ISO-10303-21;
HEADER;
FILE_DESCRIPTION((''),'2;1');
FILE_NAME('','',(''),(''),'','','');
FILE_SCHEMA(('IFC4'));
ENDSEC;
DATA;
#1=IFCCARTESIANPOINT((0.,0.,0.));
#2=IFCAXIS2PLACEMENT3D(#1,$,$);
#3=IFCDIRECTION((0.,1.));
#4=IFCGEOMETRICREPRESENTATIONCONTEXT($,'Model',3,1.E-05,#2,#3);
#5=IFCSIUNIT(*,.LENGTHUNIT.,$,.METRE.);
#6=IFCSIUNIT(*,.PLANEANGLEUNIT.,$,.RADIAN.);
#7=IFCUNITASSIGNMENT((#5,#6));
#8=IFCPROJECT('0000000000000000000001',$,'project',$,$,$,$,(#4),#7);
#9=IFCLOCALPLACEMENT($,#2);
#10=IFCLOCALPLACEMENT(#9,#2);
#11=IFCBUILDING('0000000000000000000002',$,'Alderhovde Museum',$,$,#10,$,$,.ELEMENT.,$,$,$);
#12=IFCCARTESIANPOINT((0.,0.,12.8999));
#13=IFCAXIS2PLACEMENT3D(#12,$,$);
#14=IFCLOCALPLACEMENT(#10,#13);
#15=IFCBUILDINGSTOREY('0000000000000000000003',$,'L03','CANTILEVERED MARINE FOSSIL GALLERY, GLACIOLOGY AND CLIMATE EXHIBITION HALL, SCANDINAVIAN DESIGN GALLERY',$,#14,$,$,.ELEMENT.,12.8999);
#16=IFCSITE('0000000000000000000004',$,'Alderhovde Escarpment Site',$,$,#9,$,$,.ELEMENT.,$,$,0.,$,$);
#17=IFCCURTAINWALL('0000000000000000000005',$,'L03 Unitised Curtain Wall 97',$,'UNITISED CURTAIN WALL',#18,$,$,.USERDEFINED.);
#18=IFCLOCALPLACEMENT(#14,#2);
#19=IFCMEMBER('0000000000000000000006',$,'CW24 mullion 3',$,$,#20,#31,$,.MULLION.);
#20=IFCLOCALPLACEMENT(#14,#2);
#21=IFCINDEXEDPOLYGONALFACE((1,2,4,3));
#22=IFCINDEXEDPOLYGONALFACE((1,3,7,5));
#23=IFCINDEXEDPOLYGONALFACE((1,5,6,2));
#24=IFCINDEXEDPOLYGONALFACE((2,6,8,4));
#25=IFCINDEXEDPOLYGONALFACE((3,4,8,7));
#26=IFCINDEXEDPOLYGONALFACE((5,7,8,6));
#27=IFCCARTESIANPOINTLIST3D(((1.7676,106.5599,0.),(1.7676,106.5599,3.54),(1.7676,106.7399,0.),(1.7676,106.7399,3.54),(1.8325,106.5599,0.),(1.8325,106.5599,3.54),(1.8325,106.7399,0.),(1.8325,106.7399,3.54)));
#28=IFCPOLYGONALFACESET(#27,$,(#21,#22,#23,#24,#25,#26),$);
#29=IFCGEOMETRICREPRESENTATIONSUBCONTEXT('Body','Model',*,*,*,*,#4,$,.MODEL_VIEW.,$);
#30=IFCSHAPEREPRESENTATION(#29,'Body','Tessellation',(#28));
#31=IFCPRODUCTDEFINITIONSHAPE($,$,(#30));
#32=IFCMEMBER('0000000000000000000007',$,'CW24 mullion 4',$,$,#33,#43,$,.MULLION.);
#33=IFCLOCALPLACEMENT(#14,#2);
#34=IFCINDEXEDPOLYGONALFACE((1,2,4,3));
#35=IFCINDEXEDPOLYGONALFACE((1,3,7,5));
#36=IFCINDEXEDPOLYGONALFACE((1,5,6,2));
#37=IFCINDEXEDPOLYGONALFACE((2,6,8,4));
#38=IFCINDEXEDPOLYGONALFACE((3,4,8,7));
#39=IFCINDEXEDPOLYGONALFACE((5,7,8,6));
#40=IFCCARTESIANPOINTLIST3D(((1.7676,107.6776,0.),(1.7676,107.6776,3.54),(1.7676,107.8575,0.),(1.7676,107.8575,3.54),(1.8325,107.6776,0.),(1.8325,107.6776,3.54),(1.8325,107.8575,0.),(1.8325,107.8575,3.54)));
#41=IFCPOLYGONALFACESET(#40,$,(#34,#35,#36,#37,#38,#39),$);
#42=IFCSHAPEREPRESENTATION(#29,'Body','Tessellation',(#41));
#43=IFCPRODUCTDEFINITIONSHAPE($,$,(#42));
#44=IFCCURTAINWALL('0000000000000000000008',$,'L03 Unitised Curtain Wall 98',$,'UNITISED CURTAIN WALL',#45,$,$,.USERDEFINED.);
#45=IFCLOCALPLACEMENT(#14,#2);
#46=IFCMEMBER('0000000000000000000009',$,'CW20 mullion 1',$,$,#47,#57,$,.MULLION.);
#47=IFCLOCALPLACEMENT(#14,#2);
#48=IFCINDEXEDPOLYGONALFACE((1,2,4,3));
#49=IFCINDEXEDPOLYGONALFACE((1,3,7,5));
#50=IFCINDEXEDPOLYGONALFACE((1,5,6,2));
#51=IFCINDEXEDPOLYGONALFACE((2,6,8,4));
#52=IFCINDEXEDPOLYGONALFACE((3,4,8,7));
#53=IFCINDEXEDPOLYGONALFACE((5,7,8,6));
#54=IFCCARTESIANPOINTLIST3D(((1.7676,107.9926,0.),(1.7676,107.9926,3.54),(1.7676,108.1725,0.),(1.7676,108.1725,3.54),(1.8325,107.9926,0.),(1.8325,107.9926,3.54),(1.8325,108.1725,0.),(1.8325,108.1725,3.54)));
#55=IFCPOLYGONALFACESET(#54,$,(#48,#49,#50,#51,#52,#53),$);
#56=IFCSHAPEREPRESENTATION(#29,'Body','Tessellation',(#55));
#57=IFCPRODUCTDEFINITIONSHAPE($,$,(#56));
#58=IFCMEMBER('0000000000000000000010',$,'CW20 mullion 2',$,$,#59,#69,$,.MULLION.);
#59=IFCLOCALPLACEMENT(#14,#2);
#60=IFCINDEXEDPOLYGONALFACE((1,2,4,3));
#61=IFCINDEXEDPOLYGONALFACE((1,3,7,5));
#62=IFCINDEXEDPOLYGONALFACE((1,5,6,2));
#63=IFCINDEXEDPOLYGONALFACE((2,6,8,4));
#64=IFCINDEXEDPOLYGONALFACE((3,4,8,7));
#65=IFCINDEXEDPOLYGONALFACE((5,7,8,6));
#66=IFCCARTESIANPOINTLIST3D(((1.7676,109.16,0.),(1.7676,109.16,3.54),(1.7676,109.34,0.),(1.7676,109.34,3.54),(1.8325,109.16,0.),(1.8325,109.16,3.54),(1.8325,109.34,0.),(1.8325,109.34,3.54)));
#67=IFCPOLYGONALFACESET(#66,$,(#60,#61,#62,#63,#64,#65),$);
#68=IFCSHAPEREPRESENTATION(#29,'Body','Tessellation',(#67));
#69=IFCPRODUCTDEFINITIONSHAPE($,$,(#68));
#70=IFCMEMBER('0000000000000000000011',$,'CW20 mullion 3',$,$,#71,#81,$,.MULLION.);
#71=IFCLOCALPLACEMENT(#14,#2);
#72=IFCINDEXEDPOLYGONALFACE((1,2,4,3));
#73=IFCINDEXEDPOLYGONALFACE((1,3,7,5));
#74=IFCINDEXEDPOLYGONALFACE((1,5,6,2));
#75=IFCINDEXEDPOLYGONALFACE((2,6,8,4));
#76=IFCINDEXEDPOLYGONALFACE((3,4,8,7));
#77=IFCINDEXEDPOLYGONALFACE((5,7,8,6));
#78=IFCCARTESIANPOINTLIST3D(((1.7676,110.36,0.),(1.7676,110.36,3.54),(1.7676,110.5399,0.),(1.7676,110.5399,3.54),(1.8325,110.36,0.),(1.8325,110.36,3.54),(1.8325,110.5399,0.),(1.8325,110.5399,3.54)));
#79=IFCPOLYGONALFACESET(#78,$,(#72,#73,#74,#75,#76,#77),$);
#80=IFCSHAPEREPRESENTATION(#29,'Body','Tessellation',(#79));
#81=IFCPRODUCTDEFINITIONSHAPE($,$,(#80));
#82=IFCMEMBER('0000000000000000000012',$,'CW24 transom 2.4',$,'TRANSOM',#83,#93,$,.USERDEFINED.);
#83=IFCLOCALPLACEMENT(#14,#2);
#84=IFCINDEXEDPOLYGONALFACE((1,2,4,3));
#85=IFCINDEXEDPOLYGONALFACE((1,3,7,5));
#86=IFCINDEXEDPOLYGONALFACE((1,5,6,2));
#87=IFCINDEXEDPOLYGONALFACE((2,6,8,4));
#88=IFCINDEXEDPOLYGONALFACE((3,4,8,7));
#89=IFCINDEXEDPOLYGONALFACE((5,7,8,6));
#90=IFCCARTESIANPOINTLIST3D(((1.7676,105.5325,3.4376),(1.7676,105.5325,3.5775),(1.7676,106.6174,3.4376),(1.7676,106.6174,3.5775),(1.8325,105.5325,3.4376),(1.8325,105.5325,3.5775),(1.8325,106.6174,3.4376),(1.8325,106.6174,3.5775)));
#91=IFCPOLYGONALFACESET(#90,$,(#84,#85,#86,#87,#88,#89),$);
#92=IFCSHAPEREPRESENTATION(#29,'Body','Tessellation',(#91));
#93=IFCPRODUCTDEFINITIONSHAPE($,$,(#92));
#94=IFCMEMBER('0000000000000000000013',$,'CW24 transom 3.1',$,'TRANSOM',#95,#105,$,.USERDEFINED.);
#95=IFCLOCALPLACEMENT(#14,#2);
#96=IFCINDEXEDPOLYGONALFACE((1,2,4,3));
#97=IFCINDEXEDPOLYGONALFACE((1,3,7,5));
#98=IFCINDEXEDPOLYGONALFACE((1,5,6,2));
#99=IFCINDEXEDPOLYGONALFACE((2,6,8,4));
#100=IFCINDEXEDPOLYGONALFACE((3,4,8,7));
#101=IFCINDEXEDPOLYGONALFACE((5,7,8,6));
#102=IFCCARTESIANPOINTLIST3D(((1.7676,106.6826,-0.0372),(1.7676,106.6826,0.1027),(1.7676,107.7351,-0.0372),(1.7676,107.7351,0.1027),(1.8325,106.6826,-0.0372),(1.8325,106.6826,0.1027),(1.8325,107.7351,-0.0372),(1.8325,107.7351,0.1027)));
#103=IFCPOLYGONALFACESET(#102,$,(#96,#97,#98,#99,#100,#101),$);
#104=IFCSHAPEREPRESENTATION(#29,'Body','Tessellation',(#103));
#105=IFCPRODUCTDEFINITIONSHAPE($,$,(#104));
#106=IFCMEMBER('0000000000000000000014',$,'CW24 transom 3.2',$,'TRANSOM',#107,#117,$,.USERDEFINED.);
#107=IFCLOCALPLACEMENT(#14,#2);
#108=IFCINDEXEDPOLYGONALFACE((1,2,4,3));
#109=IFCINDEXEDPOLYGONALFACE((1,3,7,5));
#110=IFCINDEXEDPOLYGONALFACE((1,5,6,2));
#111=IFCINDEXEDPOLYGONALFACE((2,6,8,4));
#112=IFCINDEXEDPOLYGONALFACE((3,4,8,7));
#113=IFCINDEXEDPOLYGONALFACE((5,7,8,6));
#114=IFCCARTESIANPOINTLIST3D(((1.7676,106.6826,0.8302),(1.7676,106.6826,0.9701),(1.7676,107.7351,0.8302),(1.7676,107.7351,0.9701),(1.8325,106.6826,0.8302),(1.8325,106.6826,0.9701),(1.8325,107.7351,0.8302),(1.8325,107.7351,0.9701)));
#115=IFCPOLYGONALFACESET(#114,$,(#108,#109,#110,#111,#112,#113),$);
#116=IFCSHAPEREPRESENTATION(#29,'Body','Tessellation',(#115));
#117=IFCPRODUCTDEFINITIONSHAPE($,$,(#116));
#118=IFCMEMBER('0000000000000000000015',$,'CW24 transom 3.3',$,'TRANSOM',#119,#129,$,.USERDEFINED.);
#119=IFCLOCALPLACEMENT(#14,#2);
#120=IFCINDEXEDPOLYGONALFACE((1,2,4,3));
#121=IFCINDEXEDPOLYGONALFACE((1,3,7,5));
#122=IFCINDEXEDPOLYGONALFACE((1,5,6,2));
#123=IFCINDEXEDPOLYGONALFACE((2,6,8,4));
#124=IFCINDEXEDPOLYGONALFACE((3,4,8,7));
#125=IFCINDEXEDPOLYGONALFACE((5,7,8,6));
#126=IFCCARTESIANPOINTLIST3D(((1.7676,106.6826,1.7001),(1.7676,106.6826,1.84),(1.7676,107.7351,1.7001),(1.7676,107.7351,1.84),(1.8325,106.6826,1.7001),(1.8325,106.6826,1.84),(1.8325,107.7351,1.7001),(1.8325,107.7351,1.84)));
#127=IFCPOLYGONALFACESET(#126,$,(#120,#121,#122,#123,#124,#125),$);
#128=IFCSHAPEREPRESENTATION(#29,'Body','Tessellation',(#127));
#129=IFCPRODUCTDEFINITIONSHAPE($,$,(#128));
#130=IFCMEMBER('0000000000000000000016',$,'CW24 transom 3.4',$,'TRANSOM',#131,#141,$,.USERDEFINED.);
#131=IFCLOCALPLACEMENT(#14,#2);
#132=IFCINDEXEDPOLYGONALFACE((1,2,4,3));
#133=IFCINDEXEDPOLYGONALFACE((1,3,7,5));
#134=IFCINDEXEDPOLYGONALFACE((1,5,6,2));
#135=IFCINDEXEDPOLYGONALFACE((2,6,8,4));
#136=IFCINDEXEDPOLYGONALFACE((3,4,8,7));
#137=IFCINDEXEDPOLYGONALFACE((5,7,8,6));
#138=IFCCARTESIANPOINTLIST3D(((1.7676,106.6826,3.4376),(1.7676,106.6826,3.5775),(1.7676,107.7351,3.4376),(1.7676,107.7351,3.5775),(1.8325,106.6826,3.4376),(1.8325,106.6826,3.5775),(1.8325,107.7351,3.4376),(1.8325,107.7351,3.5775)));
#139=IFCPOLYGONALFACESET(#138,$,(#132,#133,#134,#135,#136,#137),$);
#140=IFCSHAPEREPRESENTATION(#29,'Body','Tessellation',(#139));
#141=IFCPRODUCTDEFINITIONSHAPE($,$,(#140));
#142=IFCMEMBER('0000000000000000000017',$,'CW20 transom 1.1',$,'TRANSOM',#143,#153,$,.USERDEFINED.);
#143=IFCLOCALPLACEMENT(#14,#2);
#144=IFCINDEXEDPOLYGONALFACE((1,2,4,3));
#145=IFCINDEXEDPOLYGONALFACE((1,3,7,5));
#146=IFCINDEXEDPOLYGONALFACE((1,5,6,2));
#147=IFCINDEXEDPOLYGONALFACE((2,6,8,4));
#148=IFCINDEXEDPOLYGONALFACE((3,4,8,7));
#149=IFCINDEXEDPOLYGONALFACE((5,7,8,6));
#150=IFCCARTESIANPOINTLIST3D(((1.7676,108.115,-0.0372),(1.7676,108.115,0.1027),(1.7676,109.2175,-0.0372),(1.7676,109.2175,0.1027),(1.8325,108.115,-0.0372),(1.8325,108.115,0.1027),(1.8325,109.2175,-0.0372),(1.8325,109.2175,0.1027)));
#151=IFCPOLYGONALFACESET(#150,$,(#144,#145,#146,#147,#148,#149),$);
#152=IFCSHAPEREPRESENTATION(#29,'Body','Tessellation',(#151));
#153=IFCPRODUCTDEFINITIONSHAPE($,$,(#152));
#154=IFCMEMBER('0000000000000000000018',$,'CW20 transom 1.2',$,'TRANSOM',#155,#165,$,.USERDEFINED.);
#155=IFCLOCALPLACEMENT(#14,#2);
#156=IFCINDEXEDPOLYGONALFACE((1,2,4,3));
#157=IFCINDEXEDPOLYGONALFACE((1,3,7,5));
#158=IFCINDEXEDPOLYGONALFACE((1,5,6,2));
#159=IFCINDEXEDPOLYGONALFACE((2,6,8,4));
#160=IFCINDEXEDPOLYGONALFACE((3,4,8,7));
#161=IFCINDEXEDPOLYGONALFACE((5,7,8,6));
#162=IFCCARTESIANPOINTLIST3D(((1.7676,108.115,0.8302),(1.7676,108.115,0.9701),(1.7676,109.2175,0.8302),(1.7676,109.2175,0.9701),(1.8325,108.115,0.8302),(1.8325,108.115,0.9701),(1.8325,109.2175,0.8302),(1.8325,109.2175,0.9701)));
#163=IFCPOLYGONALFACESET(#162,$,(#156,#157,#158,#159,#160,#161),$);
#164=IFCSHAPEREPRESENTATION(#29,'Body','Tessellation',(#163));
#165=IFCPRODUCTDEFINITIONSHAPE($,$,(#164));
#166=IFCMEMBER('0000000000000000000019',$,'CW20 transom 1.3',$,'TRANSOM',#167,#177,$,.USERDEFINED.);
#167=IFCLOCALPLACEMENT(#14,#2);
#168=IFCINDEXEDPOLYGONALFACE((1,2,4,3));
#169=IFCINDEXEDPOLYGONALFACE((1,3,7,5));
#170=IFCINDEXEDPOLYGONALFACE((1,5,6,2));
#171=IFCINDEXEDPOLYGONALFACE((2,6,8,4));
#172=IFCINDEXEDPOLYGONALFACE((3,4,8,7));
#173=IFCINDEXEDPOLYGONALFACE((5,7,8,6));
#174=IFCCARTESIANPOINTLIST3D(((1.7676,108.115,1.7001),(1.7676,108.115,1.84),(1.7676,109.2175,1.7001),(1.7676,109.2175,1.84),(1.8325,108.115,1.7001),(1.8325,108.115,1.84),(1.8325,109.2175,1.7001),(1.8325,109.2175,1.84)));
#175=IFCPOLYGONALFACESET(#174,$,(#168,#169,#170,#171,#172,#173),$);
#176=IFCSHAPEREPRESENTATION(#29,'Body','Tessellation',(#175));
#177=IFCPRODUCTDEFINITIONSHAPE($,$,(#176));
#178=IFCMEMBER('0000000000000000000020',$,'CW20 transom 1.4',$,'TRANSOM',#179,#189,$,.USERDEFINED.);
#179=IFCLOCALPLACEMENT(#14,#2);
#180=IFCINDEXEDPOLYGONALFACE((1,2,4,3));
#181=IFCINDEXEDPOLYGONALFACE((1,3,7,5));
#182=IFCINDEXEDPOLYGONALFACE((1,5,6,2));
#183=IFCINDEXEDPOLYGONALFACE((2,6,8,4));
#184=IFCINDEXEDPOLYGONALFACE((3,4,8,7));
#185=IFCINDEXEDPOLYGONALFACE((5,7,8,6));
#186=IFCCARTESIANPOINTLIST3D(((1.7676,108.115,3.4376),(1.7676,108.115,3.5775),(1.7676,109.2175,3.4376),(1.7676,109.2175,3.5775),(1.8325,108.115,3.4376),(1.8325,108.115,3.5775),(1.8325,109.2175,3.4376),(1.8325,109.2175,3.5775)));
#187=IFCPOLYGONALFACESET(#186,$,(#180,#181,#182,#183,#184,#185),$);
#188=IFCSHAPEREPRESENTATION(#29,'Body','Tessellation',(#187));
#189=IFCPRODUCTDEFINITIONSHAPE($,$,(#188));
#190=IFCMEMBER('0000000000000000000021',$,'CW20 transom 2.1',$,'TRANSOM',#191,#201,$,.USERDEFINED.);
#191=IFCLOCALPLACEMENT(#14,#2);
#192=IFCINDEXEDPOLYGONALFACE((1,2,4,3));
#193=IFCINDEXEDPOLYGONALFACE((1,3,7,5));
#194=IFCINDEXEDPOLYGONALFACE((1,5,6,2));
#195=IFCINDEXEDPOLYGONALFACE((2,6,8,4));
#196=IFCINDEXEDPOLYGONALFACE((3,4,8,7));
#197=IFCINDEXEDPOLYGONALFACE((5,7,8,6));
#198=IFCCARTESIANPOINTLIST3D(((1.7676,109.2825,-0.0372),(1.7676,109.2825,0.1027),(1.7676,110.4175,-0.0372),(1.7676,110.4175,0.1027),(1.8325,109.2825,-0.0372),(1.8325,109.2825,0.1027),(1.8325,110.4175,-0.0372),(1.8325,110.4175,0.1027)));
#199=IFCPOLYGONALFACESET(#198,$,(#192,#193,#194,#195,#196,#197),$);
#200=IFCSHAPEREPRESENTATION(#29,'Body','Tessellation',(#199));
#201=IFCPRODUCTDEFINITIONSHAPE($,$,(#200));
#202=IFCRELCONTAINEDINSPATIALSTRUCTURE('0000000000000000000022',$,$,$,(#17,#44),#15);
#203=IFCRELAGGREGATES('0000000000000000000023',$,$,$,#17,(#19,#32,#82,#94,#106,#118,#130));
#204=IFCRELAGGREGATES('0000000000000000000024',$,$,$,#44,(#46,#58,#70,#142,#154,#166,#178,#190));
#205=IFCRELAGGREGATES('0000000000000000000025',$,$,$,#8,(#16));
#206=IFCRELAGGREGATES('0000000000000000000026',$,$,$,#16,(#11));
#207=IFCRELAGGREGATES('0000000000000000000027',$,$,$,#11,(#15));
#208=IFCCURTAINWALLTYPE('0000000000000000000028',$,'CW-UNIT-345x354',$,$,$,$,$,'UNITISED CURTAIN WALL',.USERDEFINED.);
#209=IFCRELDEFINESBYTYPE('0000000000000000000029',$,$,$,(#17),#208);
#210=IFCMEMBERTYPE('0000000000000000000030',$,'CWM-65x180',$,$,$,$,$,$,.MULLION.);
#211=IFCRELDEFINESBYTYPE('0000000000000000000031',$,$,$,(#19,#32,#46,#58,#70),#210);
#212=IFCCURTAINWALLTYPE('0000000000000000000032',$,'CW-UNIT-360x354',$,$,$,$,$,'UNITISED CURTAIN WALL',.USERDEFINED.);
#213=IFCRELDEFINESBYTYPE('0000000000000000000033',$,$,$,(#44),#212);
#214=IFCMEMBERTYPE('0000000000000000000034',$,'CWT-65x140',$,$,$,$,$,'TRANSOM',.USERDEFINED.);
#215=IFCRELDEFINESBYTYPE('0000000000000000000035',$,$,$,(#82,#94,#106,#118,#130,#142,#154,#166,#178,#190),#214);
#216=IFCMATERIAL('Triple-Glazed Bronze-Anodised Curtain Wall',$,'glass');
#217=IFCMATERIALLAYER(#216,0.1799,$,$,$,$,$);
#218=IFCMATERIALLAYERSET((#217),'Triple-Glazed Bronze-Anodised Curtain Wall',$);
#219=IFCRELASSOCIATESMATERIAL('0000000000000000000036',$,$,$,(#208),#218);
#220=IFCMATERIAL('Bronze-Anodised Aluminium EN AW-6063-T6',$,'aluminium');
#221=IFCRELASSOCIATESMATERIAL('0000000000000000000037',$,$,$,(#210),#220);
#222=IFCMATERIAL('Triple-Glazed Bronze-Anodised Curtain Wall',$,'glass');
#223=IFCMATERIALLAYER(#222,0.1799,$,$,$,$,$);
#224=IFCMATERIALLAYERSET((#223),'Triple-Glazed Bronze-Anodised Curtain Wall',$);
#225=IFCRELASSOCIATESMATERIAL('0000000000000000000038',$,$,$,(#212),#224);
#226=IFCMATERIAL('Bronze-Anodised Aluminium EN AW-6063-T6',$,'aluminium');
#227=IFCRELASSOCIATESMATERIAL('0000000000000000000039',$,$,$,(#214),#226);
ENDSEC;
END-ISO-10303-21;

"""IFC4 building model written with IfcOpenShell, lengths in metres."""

from ifc_helpers import new_model, si_unit, direction, frame, origin, origin_2d, place, context, subcontext, project, spatial, rectangle, extrude, material, layer, layer_set, material_profile, profile_set, type_object, element, aggregate, save


model = new_model("IFC4")

# Units and contexts
model_context = context("Model", 3, precision=1e-05, world=origin(), true_north=direction((0.0, 1.0)))
body_context = subcontext(model_context, "Body", "Model", "MODEL_VIEW")
ifc_project = project(units=[si_unit("LENGTHUNIT", "METRE"), si_unit("PLANEANGLEUNIT", "RADIAN")], contexts=[model_context])

# Site, building, storey
site_placement = place(None, origin())
site = spatial("IfcSite", under=ifc_project, at=site_placement, Name="Alderhovde Escarpment Site", CompositionType="ELEMENT", RefElevation=0.0)
building_placement = place(site_placement, origin())
building = spatial("IfcBuilding", under=site, at=building_placement, Name="Alderhovde Museum", CompositionType="ELEMENT")
storey_placement = place(building_placement, frame((0.0, 0.0, 12.8999)))
storey = spatial("IfcBuildingStorey", under=building, at=storey_placement, Name="L03", Description="CANTILEVERED MARINE FOSSIL GALLERY, GLACIOLOGY AND CLIMATE EXHIBITION HALL, SCANDINAVIAN DESIGN GALLERY", CompositionType="ELEMENT", Elevation=12.8999)

# Curtain walls, members
ifc_material_1 = material(Name="Triple-Glazed Bronze-Anodised Curtain Wall", Category="glass")
ifc_layer_1 = layer(ifc_material_1, 0.1799)
ifc_layer_set_1 = layer_set([ifc_layer_1], Name="Triple-Glazed Bronze-Anodised Curtain Wall")
curtain_wall_type_1 = type_object("IfcCurtainWallType", Name="CW-UNIT-345x354", ElementType="UNITISED CURTAIN WALL", PredefinedType="USERDEFINED", material=ifc_layer_set_1)
curtain_wall_1_placement = place(storey_placement, origin())
curtain_wall_1 = element("IfcCurtainWall", 1, at=curtain_wall_1_placement, inside=storey, type_object=curtain_wall_type_1, Name="L03 Unitised Curtain Wall 97", ObjectType="UNITISED CURTAIN WALL", PredefinedType="USERDEFINED")
ifc_material_2 = material(Name="Bronze-Anodised Aluminium EN AW-6063-T6", Category="aluminium")
ifc_material_profile_1 = material_profile(ifc_material_2, rectangle(XDim=0.0649, YDim=0.1799, at=origin_2d()), Name="MULLION 65x180")
ifc_profile_set_1 = profile_set([ifc_material_profile_1], Name="Bronze-Anodised Aluminium EN AW-6063-T6")
member_type_1 = type_object("IfcMemberType", Name="CWM-65x180", PredefinedType="MULLION", material=ifc_profile_set_1)
member_1_placement = place(storey_placement, frame((1.8, 106.6499, 0.0), z_axis=(0.0, 0.0, 1.0), x_axis=(-1.0, 0.0, 0.0)))
member_1 = element("IfcMember", 2, at=member_1_placement, type_object=member_type_1, Name="CW24 mullion 3", PredefinedType="MULLION", context=body_context, shape_type="SweptSolid", body=[
    extrude(rectangle(XDim=0.0649, YDim=0.1799, at=origin_2d()), origin(), (0.0, 0.0, 1.0), 3.54),
])
member_2_placement = place(storey_placement, frame((1.8, 107.7676, 0.0), z_axis=(0.0, 0.0, 1.0), x_axis=(-1.0, 0.0, 0.0)))
member_2 = element("IfcMember", 3, at=member_2_placement, type_object=member_type_1, Name="CW24 mullion 4", PredefinedType="MULLION", context=body_context, shape_type="SweptSolid", body=[
    extrude(rectangle(XDim=0.0649, YDim=0.1799, at=origin_2d()), origin(), (0.0, 0.0, 1.0), 3.54),
])
ifc_material_3 = material(Name="Triple-Glazed Bronze-Anodised Curtain Wall", Category="glass")
ifc_layer_2 = layer(ifc_material_3, 0.1799)
ifc_layer_set_2 = layer_set([ifc_layer_2], Name="Triple-Glazed Bronze-Anodised Curtain Wall")
curtain_wall_type_2 = type_object("IfcCurtainWallType", Name="CW-UNIT-360x354", ElementType="UNITISED CURTAIN WALL", PredefinedType="USERDEFINED", material=ifc_layer_set_2)
curtain_wall_2_placement = place(storey_placement, origin())
curtain_wall_2 = element("IfcCurtainWall", 4, at=curtain_wall_2_placement, inside=storey, type_object=curtain_wall_type_2, Name="L03 Unitised Curtain Wall 98", ObjectType="UNITISED CURTAIN WALL", PredefinedType="USERDEFINED")
member_3_placement = place(storey_placement, frame((1.8, 108.0825, 0.0), z_axis=(0.0, 0.0, 1.0), x_axis=(-1.0, 0.0, 0.0)))
member_3 = element("IfcMember", 5, at=member_3_placement, type_object=member_type_1, Name="CW20 mullion 1", PredefinedType="MULLION", context=body_context, shape_type="SweptSolid", body=[
    extrude(rectangle(XDim=0.0649, YDim=0.1799, at=origin_2d()), origin(), (0.0, 0.0, 1.0), 3.54),
])
member_4_placement = place(storey_placement, frame((1.8, 109.25, 0.0), z_axis=(0.0, 0.0, 1.0), x_axis=(-1.0, 0.0, 0.0)))
member_4 = element("IfcMember", 6, at=member_4_placement, type_object=member_type_1, Name="CW20 mullion 2", PredefinedType="MULLION", context=body_context, shape_type="SweptSolid", body=[
    extrude(rectangle(XDim=0.0649, YDim=0.1799, at=origin_2d()), origin(), (0.0, 0.0, 1.0), 3.54),
])
member_5_placement = place(storey_placement, frame((1.8, 110.45, 0.0), z_axis=(0.0, 0.0, 1.0), x_axis=(-1.0, 0.0, 0.0)))
member_5 = element("IfcMember", 7, at=member_5_placement, type_object=member_type_1, Name="CW20 mullion 3", PredefinedType="MULLION", context=body_context, shape_type="SweptSolid", body=[
    extrude(rectangle(XDim=0.0649, YDim=0.1799, at=origin_2d()), origin(), (0.0, 0.0, 1.0), 3.54),
])

# Members
ifc_material_4 = material(Name="Bronze-Anodised Aluminium EN AW-6063-T6", Category="aluminium")
ifc_material_profile_2 = material_profile(ifc_material_4, rectangle(XDim=0.0649, YDim=0.1399, at=origin_2d()), Name="TRANSOM 65x140")
ifc_profile_set_2 = profile_set([ifc_material_profile_2], Name="Bronze-Anodised Aluminium EN AW-6063-T6")
member_type_2 = type_object("IfcMemberType", Name="CWT-65x140", ElementType="TRANSOM", PredefinedType="USERDEFINED", material=ifc_profile_set_2)
member_6_placement = place(storey_placement, frame((1.8, 105.5325, 3.5076), z_axis=(0.0, 1.0, 0.0), x_axis=(-1.0, 0.0, 0.0)))
member_6 = element("IfcMember", 8, at=member_6_placement, type_object=member_type_2, Name="CW24 transom 2.4", ObjectType="TRANSOM", PredefinedType="USERDEFINED", context=body_context, shape_type="SweptSolid", body=[
    extrude(rectangle(XDim=0.0649, YDim=0.1399, at=origin_2d()), origin(), (0.0, 0.0, 1.0), 1.085),
])
member_7_placement = place(storey_placement, frame((1.8, 106.6826, 0.0327), z_axis=(0.0, 1.0, 0.0), x_axis=(-1.0, 0.0, 0.0)))
member_7 = element("IfcMember", 9, at=member_7_placement, type_object=member_type_2, Name="CW24 transom 3.1", ObjectType="TRANSOM", PredefinedType="USERDEFINED", context=body_context, shape_type="SweptSolid", body=[
    extrude(rectangle(XDim=0.0649, YDim=0.1399, at=origin_2d()), origin(), (0.0, 0.0, 1.0), 1.0525),
])
member_8_placement = place(storey_placement, frame((1.8, 106.6826, 0.9001), z_axis=(0.0, 1.0, 0.0), x_axis=(-1.0, 0.0, 0.0)))
member_8 = element("IfcMember", 10, at=member_8_placement, type_object=member_type_2, Name="CW24 transom 3.2", ObjectType="TRANSOM", PredefinedType="USERDEFINED", context=body_context, shape_type="SweptSolid", body=[
    extrude(rectangle(XDim=0.0649, YDim=0.1399, at=origin_2d()), origin(), (0.0, 0.0, 1.0), 1.0525),
])
member_9_placement = place(storey_placement, frame((1.8, 106.6826, 1.77), z_axis=(0.0, 1.0, 0.0), x_axis=(-1.0, 0.0, 0.0)))
member_9 = element("IfcMember", 11, at=member_9_placement, type_object=member_type_2, Name="CW24 transom 3.3", ObjectType="TRANSOM", PredefinedType="USERDEFINED", context=body_context, shape_type="SweptSolid", body=[
    extrude(rectangle(XDim=0.0649, YDim=0.1399, at=origin_2d()), origin(), (0.0, 0.0, 1.0), 1.0525),
])
member_10_placement = place(storey_placement, frame((1.8, 106.6826, 3.5076), z_axis=(0.0, 1.0, 0.0), x_axis=(-1.0, 0.0, 0.0)))
member_10 = element("IfcMember", 12, at=member_10_placement, type_object=member_type_2, Name="CW24 transom 3.4", ObjectType="TRANSOM", PredefinedType="USERDEFINED", context=body_context, shape_type="SweptSolid", body=[
    extrude(rectangle(XDim=0.0649, YDim=0.1399, at=origin_2d()), origin(), (0.0, 0.0, 1.0), 1.0525),
])
member_11_placement = place(storey_placement, frame((1.8, 108.115, 0.0327), z_axis=(0.0, 1.0, 0.0), x_axis=(-1.0, 0.0, 0.0)))
member_11 = element("IfcMember", 13, at=member_11_placement, type_object=member_type_2, Name="CW20 transom 1.1", ObjectType="TRANSOM", PredefinedType="USERDEFINED", context=body_context, shape_type="SweptSolid", body=[
    extrude(rectangle(XDim=0.0649, YDim=0.1399, at=origin_2d()), origin(), (0.0, 0.0, 1.0), 1.1025),
])
member_12_placement = place(storey_placement, frame((1.8, 108.115, 0.9001), z_axis=(0.0, 1.0, 0.0), x_axis=(-1.0, 0.0, 0.0)))
member_12 = element("IfcMember", 14, at=member_12_placement, type_object=member_type_2, Name="CW20 transom 1.2", ObjectType="TRANSOM", PredefinedType="USERDEFINED", context=body_context, shape_type="SweptSolid", body=[
    extrude(rectangle(XDim=0.0649, YDim=0.1399, at=origin_2d()), origin(), (0.0, 0.0, 1.0), 1.1025),
])
member_13_placement = place(storey_placement, frame((1.8, 108.115, 1.77), z_axis=(0.0, 1.0, 0.0), x_axis=(-1.0, 0.0, 0.0)))
member_13 = element("IfcMember", 15, at=member_13_placement, type_object=member_type_2, Name="CW20 transom 1.3", ObjectType="TRANSOM", PredefinedType="USERDEFINED", context=body_context, shape_type="SweptSolid", body=[
    extrude(rectangle(XDim=0.0649, YDim=0.1399, at=origin_2d()), origin(), (0.0, 0.0, 1.0), 1.1025),
])
member_14_placement = place(storey_placement, frame((1.8, 108.115, 3.5076), z_axis=(0.0, 1.0, 0.0), x_axis=(-1.0, 0.0, 0.0)))
member_14 = element("IfcMember", 16, at=member_14_placement, type_object=member_type_2, Name="CW20 transom 1.4", ObjectType="TRANSOM", PredefinedType="USERDEFINED", context=body_context, shape_type="SweptSolid", body=[
    extrude(rectangle(XDim=0.0649, YDim=0.1399, at=origin_2d()), origin(), (0.0, 0.0, 1.0), 1.1025),
])
member_15_placement = place(storey_placement, frame((1.8, 109.2825, 0.0327), z_axis=(0.0, 1.0, 0.0), x_axis=(-1.0, 0.0, 0.0)))
member_15 = element("IfcMember", 17, at=member_15_placement, type_object=member_type_2, Name="CW20 transom 2.1", ObjectType="TRANSOM", PredefinedType="USERDEFINED", context=body_context, shape_type="SweptSolid", body=[
    extrude(rectangle(XDim=0.0649, YDim=0.1399, at=origin_2d()), origin(), (0.0, 0.0, 1.0), 1.135),
])

aggregate(curtain_wall_1, [member_1, member_2, member_6, member_7, member_8, member_9, member_10])
aggregate(curtain_wall_2, [member_3, member_4, member_5, member_11, member_12, member_13, member_14, member_15])

save(model, "model.ifc")
